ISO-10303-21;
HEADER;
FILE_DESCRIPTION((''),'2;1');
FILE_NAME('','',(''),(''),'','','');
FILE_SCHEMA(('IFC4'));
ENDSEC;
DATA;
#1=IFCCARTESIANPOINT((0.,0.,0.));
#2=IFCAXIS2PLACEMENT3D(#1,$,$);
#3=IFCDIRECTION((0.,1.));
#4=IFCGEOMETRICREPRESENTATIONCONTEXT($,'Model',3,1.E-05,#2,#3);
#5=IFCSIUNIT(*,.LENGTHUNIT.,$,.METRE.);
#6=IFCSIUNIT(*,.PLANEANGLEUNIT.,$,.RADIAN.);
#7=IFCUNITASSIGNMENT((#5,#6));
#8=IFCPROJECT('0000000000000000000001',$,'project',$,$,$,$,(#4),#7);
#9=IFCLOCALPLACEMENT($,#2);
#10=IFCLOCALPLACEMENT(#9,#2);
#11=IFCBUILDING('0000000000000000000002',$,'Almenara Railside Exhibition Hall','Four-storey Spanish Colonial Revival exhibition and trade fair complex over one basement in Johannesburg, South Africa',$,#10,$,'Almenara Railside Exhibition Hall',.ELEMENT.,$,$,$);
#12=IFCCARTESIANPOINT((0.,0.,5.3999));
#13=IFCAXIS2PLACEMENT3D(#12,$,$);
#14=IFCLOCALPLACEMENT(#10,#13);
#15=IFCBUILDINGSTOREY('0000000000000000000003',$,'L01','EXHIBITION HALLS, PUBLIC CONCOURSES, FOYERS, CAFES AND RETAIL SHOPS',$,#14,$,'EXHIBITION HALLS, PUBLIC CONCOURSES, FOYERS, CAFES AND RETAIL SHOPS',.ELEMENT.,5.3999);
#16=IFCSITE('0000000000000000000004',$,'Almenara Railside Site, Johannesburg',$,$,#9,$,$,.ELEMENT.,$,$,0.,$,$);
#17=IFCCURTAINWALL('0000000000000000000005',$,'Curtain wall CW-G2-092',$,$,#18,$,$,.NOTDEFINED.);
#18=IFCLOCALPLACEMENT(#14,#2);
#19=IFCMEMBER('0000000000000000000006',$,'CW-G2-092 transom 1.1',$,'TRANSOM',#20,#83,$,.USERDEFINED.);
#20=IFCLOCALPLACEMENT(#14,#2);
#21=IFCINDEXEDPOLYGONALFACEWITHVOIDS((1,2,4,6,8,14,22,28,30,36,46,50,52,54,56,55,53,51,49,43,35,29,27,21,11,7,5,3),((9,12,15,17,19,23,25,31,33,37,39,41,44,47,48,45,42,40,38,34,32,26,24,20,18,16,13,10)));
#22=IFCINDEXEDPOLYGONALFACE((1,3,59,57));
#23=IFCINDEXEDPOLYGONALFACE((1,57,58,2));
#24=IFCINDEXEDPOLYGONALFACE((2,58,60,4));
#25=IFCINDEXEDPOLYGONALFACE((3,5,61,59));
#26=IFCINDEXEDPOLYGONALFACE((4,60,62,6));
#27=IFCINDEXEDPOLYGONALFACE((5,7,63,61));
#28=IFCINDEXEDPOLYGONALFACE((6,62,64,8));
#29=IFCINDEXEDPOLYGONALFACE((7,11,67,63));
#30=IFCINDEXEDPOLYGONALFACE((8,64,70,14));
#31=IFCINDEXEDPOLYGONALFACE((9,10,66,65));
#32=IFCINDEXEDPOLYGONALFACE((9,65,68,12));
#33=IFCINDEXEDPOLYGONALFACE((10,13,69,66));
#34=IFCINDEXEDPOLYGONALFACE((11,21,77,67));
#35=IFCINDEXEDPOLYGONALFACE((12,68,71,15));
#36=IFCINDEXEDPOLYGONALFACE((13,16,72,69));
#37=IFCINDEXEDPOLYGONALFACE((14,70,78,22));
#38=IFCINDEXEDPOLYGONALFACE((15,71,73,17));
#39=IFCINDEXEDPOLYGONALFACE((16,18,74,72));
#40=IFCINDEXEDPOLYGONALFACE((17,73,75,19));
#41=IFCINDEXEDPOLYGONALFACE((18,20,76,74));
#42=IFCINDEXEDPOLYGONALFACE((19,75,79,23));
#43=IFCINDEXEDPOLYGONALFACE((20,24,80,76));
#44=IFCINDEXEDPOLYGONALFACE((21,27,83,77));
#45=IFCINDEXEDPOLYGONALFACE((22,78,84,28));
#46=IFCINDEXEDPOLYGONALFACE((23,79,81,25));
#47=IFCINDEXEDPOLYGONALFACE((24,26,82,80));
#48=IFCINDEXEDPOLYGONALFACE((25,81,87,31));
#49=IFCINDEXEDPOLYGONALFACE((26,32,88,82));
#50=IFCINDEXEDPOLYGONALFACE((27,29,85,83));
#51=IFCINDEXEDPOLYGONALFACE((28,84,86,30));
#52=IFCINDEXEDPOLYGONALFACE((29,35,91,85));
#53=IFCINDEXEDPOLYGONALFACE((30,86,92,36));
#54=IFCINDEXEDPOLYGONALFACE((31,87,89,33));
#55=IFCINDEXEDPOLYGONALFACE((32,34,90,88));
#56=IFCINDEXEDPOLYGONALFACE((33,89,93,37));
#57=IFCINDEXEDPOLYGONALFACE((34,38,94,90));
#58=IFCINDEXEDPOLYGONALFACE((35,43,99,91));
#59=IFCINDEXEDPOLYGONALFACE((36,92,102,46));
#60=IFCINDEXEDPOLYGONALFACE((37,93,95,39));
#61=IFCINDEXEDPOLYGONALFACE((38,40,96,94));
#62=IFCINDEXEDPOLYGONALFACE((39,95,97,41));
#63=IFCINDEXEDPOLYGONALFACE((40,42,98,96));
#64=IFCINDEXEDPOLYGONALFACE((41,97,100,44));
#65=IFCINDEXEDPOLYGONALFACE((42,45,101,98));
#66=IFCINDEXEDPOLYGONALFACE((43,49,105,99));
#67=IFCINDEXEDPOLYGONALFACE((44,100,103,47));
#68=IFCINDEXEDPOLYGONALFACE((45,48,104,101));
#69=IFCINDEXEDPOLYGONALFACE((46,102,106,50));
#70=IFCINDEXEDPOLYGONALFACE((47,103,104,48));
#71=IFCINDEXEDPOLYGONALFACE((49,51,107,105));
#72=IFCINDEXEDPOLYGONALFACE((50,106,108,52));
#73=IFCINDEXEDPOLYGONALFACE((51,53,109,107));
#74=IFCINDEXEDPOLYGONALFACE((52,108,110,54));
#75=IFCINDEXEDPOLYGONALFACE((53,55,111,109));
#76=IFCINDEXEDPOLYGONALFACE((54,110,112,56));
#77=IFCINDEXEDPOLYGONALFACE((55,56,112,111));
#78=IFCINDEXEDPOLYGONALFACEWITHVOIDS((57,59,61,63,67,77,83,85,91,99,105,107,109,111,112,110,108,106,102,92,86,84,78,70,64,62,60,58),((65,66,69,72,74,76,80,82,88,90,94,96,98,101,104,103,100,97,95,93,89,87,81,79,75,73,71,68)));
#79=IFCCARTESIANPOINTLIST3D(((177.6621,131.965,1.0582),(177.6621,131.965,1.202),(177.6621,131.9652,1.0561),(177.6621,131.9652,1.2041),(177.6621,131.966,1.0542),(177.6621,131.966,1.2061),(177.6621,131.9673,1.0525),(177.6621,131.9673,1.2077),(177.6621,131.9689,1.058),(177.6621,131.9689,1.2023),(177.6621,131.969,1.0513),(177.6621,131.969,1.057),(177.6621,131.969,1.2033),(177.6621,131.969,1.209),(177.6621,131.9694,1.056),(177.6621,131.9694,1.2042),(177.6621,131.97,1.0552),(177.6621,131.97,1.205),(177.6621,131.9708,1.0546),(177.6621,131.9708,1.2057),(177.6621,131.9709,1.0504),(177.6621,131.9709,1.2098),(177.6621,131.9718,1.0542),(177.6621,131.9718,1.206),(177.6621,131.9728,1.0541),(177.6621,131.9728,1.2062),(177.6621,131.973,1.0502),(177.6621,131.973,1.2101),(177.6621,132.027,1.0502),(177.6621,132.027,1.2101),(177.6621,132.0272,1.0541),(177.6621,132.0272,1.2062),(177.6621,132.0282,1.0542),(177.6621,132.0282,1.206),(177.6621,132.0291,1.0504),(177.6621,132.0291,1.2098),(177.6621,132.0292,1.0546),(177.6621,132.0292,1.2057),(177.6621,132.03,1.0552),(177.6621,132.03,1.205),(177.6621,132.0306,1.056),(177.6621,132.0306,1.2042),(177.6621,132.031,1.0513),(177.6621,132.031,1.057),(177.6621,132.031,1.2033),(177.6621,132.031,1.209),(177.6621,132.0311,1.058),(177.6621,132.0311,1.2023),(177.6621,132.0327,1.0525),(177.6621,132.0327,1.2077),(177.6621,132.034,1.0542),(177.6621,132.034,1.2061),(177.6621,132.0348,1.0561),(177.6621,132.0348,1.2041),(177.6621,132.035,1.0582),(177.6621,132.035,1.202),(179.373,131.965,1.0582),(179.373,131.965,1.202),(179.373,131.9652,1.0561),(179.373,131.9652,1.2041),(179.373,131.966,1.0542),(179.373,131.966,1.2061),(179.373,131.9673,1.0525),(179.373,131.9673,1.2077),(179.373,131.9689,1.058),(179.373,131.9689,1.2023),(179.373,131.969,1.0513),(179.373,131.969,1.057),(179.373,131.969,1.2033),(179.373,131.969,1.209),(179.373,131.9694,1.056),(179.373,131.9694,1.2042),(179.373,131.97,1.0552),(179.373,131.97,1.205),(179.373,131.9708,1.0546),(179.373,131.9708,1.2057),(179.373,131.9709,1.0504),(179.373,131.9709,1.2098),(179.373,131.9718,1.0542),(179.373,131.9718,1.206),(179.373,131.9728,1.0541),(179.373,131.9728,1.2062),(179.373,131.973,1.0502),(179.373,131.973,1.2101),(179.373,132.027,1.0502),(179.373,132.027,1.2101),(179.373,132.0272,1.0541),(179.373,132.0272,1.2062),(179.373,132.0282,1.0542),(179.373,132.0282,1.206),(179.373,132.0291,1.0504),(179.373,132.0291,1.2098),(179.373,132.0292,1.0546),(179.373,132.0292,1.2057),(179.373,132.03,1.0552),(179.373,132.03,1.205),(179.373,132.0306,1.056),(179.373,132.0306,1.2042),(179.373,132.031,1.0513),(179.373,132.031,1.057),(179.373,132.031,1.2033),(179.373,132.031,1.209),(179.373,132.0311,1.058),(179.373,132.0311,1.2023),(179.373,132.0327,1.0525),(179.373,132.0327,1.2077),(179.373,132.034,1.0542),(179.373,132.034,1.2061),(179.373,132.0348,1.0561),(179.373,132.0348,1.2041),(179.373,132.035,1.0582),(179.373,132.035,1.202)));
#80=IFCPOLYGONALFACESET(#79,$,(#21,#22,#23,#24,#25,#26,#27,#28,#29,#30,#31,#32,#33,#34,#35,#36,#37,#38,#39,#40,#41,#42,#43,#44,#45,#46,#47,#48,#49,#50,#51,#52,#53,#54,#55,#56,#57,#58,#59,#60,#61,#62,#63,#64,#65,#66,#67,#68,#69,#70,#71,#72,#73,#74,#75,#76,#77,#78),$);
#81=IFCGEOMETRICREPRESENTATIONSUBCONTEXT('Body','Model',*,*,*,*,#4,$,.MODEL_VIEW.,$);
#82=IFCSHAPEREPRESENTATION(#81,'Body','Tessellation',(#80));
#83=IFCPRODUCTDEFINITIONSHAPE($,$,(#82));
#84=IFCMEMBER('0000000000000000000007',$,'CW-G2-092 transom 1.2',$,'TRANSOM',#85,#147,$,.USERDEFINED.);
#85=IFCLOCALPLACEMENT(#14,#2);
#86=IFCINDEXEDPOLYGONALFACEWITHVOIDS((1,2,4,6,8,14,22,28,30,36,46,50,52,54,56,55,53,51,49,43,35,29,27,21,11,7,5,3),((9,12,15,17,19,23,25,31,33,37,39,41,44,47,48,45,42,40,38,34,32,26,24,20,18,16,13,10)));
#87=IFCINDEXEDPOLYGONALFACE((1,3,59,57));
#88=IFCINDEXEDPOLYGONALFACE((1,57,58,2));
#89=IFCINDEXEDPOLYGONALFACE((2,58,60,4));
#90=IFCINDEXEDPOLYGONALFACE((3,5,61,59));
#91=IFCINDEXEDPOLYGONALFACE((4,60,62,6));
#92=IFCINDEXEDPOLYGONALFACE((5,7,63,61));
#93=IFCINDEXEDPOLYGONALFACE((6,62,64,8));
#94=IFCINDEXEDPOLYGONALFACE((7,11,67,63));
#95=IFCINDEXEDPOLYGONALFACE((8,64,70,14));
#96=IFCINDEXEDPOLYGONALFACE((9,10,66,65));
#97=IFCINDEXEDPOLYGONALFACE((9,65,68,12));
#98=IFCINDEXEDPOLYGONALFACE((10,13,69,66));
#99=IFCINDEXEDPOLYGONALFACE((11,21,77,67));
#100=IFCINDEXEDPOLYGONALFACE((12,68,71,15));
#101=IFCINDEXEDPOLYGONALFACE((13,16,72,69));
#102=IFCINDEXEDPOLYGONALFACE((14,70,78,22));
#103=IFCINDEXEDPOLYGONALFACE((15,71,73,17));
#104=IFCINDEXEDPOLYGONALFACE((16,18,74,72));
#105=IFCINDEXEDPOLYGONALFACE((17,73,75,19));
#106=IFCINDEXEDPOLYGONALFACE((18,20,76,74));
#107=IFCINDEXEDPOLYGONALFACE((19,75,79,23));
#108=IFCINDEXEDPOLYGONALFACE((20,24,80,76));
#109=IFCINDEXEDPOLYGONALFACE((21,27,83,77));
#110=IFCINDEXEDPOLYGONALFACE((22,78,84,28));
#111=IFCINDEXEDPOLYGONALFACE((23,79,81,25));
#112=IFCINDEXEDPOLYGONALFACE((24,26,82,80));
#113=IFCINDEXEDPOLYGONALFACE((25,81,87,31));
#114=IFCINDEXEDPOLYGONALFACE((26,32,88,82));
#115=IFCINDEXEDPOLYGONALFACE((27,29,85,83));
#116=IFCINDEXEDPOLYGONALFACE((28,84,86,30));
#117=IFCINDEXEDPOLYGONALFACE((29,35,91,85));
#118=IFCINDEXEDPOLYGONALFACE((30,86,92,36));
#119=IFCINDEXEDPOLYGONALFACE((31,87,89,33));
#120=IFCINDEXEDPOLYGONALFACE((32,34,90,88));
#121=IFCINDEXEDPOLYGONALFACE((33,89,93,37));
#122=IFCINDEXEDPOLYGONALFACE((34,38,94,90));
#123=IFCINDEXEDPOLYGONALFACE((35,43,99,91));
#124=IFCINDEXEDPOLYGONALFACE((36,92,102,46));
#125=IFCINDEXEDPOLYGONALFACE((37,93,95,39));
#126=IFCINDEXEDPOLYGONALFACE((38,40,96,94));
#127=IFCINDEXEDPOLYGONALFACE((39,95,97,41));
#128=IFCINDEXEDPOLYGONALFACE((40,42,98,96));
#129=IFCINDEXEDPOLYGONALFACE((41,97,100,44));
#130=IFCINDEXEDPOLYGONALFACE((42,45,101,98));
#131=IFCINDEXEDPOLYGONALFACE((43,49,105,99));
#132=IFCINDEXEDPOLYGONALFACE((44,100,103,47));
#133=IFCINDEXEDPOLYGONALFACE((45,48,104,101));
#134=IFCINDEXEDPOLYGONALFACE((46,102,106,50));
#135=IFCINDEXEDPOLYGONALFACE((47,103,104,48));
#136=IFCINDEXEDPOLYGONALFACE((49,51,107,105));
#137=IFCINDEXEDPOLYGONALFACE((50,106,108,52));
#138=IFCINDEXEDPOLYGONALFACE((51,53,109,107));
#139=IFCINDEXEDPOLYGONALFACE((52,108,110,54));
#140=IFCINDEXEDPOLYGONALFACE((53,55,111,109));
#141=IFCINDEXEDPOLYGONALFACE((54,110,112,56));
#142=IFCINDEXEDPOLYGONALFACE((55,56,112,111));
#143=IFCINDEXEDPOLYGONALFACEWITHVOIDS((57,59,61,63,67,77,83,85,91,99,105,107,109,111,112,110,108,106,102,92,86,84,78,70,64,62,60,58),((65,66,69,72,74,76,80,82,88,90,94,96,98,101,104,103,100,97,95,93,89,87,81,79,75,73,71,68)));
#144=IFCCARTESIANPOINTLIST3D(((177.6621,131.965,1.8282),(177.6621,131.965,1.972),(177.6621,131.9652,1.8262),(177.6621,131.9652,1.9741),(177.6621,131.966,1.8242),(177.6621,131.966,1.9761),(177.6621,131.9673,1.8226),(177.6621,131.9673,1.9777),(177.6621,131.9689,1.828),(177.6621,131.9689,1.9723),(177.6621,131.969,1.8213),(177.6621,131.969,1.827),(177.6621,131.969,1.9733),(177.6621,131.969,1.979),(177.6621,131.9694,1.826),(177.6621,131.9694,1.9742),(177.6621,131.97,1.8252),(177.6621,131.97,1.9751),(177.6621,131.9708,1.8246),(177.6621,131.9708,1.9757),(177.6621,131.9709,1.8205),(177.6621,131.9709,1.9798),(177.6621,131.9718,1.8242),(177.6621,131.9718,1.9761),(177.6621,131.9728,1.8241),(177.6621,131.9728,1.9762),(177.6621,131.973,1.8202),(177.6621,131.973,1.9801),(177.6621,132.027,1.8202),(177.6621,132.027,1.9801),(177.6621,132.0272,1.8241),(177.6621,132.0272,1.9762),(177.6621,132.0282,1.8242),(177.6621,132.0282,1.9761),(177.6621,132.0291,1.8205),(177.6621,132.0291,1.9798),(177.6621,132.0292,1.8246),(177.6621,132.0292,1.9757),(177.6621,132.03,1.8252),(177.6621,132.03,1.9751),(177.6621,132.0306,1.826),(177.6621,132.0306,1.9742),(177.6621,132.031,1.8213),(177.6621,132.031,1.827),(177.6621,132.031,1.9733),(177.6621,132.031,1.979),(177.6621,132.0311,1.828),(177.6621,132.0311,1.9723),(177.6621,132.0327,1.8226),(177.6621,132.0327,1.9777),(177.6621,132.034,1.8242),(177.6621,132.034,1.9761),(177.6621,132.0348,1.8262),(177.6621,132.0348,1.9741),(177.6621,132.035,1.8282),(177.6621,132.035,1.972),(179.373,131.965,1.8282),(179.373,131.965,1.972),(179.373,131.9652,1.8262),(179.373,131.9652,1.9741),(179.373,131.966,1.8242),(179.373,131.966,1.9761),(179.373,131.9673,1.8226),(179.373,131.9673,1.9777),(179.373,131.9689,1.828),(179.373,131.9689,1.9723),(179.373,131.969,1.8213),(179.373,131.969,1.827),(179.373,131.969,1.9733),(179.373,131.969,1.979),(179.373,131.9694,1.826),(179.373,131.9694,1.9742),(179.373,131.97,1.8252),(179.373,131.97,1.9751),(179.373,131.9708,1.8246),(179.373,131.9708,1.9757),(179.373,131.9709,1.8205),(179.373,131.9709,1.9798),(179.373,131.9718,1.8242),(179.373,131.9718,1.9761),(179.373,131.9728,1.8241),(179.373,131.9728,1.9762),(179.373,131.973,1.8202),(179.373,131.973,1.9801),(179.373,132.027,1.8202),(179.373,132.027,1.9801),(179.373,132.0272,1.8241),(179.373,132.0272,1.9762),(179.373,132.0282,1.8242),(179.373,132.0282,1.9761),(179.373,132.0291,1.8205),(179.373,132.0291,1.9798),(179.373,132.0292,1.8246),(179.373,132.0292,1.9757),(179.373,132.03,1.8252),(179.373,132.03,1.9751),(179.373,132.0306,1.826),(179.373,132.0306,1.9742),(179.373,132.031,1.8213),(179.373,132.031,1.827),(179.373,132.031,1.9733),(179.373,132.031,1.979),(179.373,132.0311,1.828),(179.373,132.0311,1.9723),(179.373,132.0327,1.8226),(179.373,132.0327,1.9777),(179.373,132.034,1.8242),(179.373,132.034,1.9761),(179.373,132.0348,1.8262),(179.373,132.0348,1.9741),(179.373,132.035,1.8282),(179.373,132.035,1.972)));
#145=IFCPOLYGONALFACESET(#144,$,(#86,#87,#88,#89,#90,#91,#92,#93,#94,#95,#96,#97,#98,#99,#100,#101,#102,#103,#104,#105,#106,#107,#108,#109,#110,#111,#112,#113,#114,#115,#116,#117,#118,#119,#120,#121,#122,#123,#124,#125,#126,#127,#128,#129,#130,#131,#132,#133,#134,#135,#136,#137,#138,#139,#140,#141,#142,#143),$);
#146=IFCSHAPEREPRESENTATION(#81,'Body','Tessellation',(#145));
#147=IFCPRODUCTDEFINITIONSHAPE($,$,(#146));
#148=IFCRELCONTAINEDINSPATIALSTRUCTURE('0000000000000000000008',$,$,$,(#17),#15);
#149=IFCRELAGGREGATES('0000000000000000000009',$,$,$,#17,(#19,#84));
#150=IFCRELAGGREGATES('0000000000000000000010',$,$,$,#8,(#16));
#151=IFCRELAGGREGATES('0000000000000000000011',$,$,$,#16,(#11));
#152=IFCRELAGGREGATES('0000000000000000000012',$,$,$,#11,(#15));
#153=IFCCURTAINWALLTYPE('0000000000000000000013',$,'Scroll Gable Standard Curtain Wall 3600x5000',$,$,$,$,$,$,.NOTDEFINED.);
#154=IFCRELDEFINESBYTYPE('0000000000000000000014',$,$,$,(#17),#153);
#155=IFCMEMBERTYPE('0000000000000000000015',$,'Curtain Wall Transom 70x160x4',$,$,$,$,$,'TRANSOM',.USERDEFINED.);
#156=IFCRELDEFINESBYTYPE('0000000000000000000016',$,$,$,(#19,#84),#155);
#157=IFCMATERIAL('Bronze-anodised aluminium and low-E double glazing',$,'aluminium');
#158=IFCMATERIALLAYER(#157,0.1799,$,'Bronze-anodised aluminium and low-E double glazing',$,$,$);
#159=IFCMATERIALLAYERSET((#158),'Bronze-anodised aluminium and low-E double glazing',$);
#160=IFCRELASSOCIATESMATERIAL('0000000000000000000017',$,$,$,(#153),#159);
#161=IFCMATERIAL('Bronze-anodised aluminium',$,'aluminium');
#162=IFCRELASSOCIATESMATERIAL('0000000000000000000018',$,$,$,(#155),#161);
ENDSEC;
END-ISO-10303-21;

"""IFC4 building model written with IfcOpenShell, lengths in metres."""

from ifc_helpers import new_model, si_unit, direction, frame, origin, origin_2d, place, context, subcontext, project, spatial, hollow_rectangle, extrude, material, layer, layer_set, material_profile, profile_set, type_object, element, aggregate, save


model = new_model("IFC4")

# Units and contexts
model_context = context("Model", 3, precision=1e-05, world=origin(), true_north=direction((0.0, 1.0)))
body_context = subcontext(model_context, "Body", "Model", "MODEL_VIEW")
ifc_project = project(units=[si_unit("LENGTHUNIT", "METRE"), si_unit("PLANEANGLEUNIT", "RADIAN")], contexts=[model_context])

# Site, building, storey
site_placement = place(None, origin())
site = spatial("IfcSite", under=ifc_project, at=site_placement, Name="Almenara Railside Site, Johannesburg", CompositionType="ELEMENT", RefElevation=0.0)
building_placement = place(site_placement, origin())
building = spatial("IfcBuilding", under=site, at=building_placement, Name="Almenara Railside Exhibition Hall", Description="Four-storey Spanish Colonial Revival exhibition and trade fair complex over one basement in Johannesburg, South Africa", LongName="Almenara Railside Exhibition Hall", CompositionType="ELEMENT")
storey_placement = place(building_placement, frame((0.0, 0.0, 5.3999)))
storey = spatial("IfcBuildingStorey", under=building, at=storey_placement, Name="L01", Description="EXHIBITION HALLS, PUBLIC CONCOURSES, FOYERS, CAFES AND RETAIL SHOPS", LongName="EXHIBITION HALLS, PUBLIC CONCOURSES, FOYERS, CAFES AND RETAIL SHOPS", CompositionType="ELEMENT", Elevation=5.3999)

# Shared definitions
ifc_material_1 = material(Name="Bronze-anodised aluminium and low-E double glazing", Category="aluminium")
ifc_layer_1 = layer(ifc_material_1, 0.1799, Name="Bronze-anodised aluminium and low-E double glazing")
ifc_layer_set_1 = layer_set([ifc_layer_1], Name="Bronze-anodised aluminium and low-E double glazing")
curtain_wall_type = type_object("IfcCurtainWallType", Name="Scroll Gable Standard Curtain Wall 3600x5000", PredefinedType="NOTDEFINED", material=ifc_layer_set_1)
ifc_material_2 = material(Name="Bronze-anodised aluminium", Category="aluminium")

# Curtain wall
curtain_wall_1_placement = place(storey_placement, origin())
curtain_wall_1 = element("IfcCurtainWall", 1, at=curtain_wall_1_placement, inside=storey, type_object=curtain_wall_type, Name="Curtain wall CW-G2-092", PredefinedType="NOTDEFINED")

# Members
ifc_material_profile_1 = material_profile(ifc_material_2, hollow_rectangle(XDim=0.0701, YDim=0.1599, WallThickness=0.0039, InnerFilletRadius=0.0039, OuterFilletRadius=0.0081, at=origin_2d()), Name="ALU-TRN 70x160x4")
ifc_profile_set_1 = profile_set([ifc_material_profile_1], Name="Bronze-anodised aluminium")
member_type_1 = type_object("IfcMemberType", Name="Curtain Wall Transom 70x160x4", ElementType="TRANSOM", PredefinedType="USERDEFINED", material=ifc_profile_set_1)
member_1_placement = place(storey_placement, frame((177.6621, 132.0, 1.1301), z_axis=(1.0, 0.0, 0.0), x_axis=(0.0, 1.0, 0.0)))
member_1 = element("IfcMember", 2, at=member_1_placement, type_object=member_type_1, Name="CW-G2-092 transom 1.1", ObjectType="TRANSOM", PredefinedType="USERDEFINED", context=body_context, shape_type="SweptSolid", body=[
    extrude(hollow_rectangle(XDim=0.0701, YDim=0.1599, WallThickness=0.0039, InnerFilletRadius=0.0039, OuterFilletRadius=0.0081, at=origin_2d()), origin(), (0.0, 0.0, 1.0), 1.7109),
])
member_2_placement = place(storey_placement, frame((177.6621, 132.0, 1.9001), z_axis=(1.0, 0.0, 0.0), x_axis=(0.0, 1.0, 0.0)))
member_2 = element("IfcMember", 3, at=member_2_placement, type_object=member_type_1, Name="CW-G2-092 transom 1.2", ObjectType="TRANSOM", PredefinedType="USERDEFINED", context=body_context, shape_type="SweptSolid", body=[
    extrude(hollow_rectangle(XDim=0.0701, YDim=0.1599, WallThickness=0.0039, InnerFilletRadius=0.0039, OuterFilletRadius=0.0081, at=origin_2d()), origin(), (0.0, 0.0, 1.0), 1.7109),
])

aggregate(curtain_wall_1, [member_1, member_2])

save(model, "model.ifc")
